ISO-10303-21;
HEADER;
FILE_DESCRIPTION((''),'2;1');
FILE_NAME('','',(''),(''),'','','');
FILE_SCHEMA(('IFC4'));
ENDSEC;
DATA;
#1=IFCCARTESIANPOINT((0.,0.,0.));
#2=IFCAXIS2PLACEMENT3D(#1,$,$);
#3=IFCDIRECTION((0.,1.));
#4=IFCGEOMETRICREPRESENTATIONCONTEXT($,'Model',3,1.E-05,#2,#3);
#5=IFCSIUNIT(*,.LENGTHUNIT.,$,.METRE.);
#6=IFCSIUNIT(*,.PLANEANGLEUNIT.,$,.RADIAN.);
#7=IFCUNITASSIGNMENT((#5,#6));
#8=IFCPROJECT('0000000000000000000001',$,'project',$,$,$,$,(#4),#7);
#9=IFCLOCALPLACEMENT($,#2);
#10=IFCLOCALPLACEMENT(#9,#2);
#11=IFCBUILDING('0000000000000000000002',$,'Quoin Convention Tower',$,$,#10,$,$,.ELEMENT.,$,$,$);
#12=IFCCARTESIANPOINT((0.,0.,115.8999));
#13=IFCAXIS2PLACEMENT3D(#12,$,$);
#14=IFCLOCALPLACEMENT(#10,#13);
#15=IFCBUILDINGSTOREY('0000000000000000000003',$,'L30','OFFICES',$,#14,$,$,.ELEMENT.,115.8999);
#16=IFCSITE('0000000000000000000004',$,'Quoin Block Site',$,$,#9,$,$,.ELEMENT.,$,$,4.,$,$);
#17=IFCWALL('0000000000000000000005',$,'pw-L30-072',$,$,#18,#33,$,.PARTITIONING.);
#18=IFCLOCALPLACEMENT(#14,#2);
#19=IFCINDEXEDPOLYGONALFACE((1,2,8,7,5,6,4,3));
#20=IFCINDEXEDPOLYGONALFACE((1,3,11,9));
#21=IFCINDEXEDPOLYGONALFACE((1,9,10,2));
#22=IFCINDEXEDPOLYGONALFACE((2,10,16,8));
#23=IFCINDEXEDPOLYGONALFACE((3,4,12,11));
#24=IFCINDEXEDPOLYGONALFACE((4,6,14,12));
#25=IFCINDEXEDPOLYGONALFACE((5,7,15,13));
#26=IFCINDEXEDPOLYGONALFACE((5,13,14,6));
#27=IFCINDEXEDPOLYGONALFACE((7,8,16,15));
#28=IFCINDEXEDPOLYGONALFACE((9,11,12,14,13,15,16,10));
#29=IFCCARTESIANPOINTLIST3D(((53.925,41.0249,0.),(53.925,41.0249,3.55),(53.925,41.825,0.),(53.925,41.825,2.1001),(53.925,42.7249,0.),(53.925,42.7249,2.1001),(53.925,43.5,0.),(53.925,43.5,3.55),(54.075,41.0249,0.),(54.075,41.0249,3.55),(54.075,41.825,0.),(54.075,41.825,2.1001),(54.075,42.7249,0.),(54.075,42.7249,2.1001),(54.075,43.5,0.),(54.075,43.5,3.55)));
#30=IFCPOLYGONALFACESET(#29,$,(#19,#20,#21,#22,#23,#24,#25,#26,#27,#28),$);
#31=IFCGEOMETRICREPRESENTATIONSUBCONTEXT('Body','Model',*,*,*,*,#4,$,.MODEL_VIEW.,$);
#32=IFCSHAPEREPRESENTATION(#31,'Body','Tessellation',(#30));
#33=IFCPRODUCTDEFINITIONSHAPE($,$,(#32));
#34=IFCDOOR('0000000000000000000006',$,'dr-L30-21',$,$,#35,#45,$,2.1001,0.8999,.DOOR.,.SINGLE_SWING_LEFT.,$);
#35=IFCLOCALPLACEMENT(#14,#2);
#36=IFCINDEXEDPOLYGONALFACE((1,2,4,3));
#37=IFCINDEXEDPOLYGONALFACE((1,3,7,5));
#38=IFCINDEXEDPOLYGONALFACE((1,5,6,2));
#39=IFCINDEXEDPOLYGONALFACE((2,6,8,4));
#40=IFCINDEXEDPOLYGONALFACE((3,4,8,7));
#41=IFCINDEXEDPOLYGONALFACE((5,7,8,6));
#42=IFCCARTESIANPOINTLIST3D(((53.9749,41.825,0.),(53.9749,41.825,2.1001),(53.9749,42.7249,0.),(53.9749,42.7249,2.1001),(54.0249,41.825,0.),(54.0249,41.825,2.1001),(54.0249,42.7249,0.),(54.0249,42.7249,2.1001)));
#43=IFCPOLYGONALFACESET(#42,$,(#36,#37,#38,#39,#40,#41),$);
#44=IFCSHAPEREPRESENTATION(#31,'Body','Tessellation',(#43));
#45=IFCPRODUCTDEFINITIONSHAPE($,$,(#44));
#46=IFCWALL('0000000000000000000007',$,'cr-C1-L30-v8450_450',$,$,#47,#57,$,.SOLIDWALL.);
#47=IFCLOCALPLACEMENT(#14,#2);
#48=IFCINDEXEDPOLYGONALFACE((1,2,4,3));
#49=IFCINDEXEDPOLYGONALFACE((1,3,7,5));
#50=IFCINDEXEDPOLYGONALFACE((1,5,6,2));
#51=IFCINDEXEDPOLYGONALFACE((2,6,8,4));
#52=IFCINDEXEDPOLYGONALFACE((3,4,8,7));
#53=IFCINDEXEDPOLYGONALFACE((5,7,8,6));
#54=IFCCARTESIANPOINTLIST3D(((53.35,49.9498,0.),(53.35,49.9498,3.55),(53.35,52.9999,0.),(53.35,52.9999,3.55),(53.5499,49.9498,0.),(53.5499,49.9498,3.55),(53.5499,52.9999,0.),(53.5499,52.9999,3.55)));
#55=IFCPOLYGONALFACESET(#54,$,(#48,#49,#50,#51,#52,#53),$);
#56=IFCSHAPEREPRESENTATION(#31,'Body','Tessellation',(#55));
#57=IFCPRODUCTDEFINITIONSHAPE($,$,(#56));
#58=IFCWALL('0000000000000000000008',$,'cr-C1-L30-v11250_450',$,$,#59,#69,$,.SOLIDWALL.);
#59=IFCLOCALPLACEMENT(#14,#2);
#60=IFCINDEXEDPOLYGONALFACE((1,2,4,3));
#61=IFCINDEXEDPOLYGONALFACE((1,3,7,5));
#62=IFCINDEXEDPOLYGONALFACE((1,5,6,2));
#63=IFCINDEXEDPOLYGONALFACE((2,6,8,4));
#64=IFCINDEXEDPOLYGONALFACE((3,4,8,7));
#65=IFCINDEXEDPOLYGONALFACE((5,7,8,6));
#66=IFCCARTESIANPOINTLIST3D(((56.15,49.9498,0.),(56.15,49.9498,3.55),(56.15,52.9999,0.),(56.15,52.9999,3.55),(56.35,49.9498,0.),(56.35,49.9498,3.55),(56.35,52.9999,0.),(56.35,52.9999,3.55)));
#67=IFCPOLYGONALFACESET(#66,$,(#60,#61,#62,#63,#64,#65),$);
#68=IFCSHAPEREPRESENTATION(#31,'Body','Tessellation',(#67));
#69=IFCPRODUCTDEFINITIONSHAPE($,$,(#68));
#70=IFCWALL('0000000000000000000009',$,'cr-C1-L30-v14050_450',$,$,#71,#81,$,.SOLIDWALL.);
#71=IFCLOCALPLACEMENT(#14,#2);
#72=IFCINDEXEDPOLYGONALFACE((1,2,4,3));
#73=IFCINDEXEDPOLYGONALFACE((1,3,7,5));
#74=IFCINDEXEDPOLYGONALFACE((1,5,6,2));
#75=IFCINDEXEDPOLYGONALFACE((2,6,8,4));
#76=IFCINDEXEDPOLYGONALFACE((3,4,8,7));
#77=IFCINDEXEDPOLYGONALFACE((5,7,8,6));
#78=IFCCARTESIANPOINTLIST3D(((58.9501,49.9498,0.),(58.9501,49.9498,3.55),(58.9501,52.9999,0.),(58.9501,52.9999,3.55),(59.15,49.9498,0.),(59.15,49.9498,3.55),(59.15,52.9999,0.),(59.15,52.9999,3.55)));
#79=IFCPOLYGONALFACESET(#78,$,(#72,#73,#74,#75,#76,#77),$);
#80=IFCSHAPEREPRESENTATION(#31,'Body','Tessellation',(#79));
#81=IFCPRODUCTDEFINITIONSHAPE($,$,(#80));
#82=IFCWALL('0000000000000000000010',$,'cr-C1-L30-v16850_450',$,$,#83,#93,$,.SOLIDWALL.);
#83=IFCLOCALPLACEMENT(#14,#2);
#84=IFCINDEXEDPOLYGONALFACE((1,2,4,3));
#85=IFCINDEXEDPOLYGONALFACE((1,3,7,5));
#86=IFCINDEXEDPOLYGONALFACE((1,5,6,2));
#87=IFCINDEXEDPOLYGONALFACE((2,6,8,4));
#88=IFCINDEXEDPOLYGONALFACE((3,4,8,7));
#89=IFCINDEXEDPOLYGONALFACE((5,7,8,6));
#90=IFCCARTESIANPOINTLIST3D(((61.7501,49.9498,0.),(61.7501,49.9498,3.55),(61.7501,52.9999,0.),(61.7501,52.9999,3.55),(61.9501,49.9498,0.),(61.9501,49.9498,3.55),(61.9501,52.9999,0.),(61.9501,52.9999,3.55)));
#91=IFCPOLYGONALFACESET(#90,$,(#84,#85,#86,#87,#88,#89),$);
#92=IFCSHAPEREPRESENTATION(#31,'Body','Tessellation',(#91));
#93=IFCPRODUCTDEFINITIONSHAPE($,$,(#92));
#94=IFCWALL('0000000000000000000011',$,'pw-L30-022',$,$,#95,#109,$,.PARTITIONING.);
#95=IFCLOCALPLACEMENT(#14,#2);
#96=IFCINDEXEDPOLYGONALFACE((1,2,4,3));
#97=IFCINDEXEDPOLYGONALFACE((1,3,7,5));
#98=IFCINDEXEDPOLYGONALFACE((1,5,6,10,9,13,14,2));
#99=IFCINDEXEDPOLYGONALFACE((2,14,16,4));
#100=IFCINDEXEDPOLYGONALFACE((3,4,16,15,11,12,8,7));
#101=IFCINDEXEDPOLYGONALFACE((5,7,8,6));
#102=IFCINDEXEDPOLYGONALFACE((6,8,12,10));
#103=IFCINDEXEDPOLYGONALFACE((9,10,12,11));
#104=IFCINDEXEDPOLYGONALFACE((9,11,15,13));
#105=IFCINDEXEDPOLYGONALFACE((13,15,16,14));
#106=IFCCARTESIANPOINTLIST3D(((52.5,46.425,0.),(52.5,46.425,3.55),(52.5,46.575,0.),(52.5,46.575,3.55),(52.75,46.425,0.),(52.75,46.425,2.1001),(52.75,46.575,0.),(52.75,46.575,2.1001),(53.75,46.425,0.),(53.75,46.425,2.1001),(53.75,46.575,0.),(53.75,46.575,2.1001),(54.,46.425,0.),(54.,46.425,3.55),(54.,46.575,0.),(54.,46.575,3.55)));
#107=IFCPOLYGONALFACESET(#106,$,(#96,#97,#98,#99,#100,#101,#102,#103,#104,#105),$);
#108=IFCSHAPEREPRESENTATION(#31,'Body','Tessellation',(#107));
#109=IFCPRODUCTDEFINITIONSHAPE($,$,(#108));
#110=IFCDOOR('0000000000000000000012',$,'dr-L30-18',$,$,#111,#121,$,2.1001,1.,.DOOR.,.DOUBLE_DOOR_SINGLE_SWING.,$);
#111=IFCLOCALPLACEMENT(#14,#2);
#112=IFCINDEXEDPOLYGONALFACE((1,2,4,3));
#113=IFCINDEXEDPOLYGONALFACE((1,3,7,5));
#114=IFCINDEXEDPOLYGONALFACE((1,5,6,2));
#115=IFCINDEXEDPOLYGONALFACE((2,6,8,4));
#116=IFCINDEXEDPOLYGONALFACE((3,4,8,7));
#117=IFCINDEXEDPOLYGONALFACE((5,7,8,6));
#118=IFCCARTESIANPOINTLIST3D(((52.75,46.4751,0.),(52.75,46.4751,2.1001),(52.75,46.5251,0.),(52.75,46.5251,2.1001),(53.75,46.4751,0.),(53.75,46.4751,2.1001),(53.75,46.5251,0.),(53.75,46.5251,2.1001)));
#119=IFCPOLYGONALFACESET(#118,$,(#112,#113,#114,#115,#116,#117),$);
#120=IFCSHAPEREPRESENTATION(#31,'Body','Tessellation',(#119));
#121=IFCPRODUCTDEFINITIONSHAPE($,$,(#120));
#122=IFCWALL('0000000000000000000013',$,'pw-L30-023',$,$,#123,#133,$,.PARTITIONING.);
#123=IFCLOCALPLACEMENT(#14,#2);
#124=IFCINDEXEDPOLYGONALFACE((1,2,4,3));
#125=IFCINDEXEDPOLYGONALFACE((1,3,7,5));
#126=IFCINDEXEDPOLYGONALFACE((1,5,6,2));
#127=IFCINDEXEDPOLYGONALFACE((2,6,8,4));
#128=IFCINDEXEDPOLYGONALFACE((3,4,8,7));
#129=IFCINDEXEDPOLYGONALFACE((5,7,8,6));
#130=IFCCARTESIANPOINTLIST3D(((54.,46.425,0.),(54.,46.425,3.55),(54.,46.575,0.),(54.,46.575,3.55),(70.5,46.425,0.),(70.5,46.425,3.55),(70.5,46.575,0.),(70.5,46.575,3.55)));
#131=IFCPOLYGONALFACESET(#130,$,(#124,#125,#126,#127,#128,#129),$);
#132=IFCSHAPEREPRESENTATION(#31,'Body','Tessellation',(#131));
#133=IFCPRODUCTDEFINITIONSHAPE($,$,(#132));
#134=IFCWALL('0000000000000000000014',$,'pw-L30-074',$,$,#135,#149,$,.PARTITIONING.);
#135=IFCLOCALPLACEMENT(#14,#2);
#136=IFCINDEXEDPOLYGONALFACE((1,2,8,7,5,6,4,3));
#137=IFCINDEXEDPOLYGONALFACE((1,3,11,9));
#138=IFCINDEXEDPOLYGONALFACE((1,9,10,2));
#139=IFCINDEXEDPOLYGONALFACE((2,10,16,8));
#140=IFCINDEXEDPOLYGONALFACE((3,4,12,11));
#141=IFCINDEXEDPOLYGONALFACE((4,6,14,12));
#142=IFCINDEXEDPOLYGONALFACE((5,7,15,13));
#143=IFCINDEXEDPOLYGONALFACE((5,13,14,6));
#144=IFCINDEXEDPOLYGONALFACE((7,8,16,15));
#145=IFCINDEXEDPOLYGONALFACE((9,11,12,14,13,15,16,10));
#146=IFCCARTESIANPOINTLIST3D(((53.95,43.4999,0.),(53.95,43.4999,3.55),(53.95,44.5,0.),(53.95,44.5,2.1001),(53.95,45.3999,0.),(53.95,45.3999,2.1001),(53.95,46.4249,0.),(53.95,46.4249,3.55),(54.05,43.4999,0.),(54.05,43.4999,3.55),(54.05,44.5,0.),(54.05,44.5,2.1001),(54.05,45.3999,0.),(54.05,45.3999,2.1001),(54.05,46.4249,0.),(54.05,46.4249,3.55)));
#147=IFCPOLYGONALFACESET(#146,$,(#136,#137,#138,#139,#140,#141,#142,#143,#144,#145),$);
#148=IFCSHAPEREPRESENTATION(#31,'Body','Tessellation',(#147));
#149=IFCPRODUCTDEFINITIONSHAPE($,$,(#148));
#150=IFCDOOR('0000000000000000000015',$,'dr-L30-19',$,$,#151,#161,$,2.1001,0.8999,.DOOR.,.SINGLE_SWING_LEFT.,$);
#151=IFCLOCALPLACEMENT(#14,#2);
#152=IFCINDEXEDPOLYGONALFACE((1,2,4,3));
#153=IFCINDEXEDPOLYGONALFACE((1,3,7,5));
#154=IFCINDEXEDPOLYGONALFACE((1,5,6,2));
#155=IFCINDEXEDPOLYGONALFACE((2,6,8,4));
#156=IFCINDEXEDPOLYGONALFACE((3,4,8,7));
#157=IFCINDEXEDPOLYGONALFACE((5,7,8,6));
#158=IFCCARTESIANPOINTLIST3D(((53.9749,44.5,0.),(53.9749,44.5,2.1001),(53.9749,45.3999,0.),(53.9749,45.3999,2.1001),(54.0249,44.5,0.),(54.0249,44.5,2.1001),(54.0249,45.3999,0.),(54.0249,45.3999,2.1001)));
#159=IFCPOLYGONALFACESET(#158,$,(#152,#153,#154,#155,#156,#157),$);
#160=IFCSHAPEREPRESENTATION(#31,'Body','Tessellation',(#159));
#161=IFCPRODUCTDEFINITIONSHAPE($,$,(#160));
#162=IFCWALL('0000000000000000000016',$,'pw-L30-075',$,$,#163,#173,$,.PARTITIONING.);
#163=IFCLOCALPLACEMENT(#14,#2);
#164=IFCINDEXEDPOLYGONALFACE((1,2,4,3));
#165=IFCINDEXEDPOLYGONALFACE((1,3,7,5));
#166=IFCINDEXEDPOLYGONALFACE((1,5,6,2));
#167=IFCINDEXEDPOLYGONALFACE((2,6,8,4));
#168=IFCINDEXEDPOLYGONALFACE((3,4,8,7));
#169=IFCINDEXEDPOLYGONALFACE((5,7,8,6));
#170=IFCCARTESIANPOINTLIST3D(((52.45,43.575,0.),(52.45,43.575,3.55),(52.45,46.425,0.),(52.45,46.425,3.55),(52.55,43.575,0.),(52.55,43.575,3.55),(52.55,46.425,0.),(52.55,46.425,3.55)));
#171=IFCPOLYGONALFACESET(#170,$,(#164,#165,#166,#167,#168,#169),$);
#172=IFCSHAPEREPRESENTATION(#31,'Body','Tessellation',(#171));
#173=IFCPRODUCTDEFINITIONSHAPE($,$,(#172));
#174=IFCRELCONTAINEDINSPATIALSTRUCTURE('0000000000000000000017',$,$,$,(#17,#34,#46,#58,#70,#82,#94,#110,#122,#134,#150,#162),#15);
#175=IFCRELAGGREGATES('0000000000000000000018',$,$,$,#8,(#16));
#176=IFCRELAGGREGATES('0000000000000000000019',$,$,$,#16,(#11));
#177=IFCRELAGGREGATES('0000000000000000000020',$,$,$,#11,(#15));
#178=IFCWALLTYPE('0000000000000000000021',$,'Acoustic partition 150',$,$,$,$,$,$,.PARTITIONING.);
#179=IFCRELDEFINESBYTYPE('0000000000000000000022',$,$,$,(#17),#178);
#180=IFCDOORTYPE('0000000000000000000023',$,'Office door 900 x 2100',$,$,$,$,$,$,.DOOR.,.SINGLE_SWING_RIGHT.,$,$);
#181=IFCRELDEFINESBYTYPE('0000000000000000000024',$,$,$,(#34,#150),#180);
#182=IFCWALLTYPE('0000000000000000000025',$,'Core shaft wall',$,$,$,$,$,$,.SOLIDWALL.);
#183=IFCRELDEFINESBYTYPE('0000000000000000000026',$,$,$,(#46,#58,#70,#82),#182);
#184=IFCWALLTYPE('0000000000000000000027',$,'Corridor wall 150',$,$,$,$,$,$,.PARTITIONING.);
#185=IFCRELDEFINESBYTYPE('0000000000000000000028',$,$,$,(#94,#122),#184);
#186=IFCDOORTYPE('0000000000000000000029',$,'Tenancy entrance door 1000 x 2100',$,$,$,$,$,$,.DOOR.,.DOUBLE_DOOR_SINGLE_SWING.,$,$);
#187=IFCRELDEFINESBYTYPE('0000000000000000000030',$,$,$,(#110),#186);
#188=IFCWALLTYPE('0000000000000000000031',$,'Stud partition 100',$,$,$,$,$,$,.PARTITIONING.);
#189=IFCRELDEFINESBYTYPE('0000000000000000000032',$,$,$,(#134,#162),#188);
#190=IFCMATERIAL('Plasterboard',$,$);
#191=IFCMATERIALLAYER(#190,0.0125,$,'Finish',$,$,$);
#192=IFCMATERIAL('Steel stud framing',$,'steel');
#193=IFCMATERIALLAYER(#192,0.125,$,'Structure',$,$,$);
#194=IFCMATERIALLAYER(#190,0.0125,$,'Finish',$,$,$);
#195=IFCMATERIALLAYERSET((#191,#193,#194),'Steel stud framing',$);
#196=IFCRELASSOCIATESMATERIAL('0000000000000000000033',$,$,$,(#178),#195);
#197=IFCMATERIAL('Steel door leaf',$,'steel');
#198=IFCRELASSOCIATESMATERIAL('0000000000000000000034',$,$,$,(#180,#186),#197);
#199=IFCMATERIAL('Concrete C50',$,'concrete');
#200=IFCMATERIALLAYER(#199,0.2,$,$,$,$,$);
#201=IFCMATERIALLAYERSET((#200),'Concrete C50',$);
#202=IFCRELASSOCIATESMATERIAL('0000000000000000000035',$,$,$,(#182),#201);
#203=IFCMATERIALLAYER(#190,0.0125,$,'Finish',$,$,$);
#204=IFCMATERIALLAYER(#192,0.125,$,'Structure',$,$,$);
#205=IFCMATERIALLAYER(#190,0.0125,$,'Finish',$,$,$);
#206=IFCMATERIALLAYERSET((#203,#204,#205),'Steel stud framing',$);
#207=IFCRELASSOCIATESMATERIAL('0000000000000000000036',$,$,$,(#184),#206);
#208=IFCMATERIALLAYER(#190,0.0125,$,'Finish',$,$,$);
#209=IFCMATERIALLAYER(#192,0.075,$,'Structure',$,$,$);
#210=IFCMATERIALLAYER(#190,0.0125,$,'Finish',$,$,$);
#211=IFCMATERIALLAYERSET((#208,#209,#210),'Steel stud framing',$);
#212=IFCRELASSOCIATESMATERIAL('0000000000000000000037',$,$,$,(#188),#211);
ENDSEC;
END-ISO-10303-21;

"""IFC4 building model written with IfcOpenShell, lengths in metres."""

from ifc_helpers import new_model, si_unit, direction, frame, frame_2d, origin, place, context, subcontext, project, spatial, rectangle, extrude, material, layer, layer_set, type_object, element, fill, save


model = new_model("IFC4")

# Units and contexts
model_context = context("Model", 3, precision=1e-05, world=origin(), true_north=direction((0.0, 1.0)))
body_context = subcontext(model_context, "Body", "Model", "MODEL_VIEW")
ifc_project = project(units=[si_unit("LENGTHUNIT", "METRE"), si_unit("PLANEANGLEUNIT", "RADIAN")], contexts=[model_context])

# Site, building, storey
site_placement = place(None, origin())
site = spatial("IfcSite", under=ifc_project, at=site_placement, Name="Quoin Block Site", CompositionType="ELEMENT", RefElevation=4.0)
building_placement = place(site_placement, origin())
building = spatial("IfcBuilding", under=site, at=building_placement, Name="Quoin Convention Tower", CompositionType="ELEMENT")
storey_placement = place(building_placement, frame((0.0, 0.0, 115.8999)))
storey = spatial("IfcBuildingStorey", under=building, at=storey_placement, Name="L30", Description="OFFICES", CompositionType="ELEMENT", Elevation=115.8999)

# Wall, opening, door
ifc_material_1 = material(Name="Plasterboard")
ifc_layer_1 = layer(ifc_material_1, 0.0125, Name="Finish")
ifc_material_2 = material(Name="Steel stud framing", Category="steel")
ifc_layer_2 = layer(ifc_material_2, 0.125, Name="Structure")
ifc_layer_3 = layer(ifc_material_1, 0.0125, Name="Finish")
ifc_layer_set_1 = layer_set([ifc_layer_1, ifc_layer_2, ifc_layer_3], Name="Steel stud framing")
wall_type_1 = type_object("IfcWallType", Name="Acoustic partition 150", PredefinedType="PARTITIONING", material=ifc_layer_set_1)
wall_1_placement = place(storey_placement, frame((54.0, 41.0249, 0.0), z_axis=(0.0, 0.0, 1.0), x_axis=(0.0, 1.0, 0.0)))
wall_1 = element("IfcWall", 1, at=wall_1_placement, inside=storey, type_object=wall_type_1, Name="pw-L30-072", PredefinedType="PARTITIONING", context=body_context, shape_type="SweptSolid", body=[
    extrude(rectangle(XDim=2.4751, YDim=0.1499, at=frame_2d((1.2375, 0.0))), origin(), (0.0, 0.0, 1.0), 3.55),
])
opening_1_placement = place(wall_1_placement, frame((0.8, 0.0, 0.0)))
opening_1 = element("IfcOpeningElement", 2, at=opening_1_placement, cuts=wall_1, PredefinedType="OPENING", context=body_context, shape_type="SweptSolid", body=[
    extrude(rectangle(XDim=0.8999, YDim=2.1001, at=frame_2d((0.45, 1.05))), frame((0.0, 0.085, 0.0), z_axis=(0.0, -1.0, 0.0), x_axis=(1.0, 0.0, 0.0)), (0.0, 0.0, 1.0), 0.1699),
])
ifc_material_3 = material(Name="Steel door leaf", Category="steel")
door_type_1 = type_object("IfcDoorType", Name="Office door 900 x 2100", OperationType="SINGLE_SWING_RIGHT", PredefinedType="DOOR", material=ifc_material_3)
door_1_placement = place(opening_1_placement, frame((0.8999, 0.0, 0.0), z_axis=(0.0, 0.0, 1.0), x_axis=(-1.0, 0.0, 0.0)))
door_1 = element("IfcDoor", 3, at=door_1_placement, inside=storey, type_object=door_type_1, Name="dr-L30-21", OperationType="SINGLE_SWING_LEFT", OverallHeight=2.1001, OverallWidth=0.8999, PredefinedType="DOOR", context=body_context, shape_type="SweptSolid", body=[
    extrude(rectangle(XDim=0.8999, YDim=2.1001, at=frame_2d((0.45, 1.05))), frame((0.0, 0.0249, 0.0), z_axis=(0.0, -1.0, 0.0), x_axis=(1.0, 0.0, 0.0)), (0.0, 0.0, 1.0), 0.05),
])
fill(opening_1, door_1)

# Walls
ifc_material_4 = material(Name="Concrete C50", Category="concrete")
ifc_layer_4 = layer(ifc_material_4, 0.2)
ifc_layer_set_2 = layer_set([ifc_layer_4], Name="Concrete C50")
wall_type_2 = type_object("IfcWallType", Name="Core shaft wall", PredefinedType="SOLIDWALL", material=ifc_layer_set_2)
for number, where, z_axis, x_axis, name in (
    (4, (53.45, 49.95, 0.0), (0.0, 0.0, 1.0), (0.0, 1.0, 0.0), "cr-C1-L30-v8450_450"),
    (5, (56.25, 49.95, 0.0), (0.0, 0.0, 1.0), (0.0, 1.0, 0.0), "cr-C1-L30-v11250_450"),
    (6, (59.05, 49.95, 0.0), (0.0, 0.0, 1.0), (0.0, 1.0, 0.0), "cr-C1-L30-v14050_450"),
    (7, (61.8501, 49.95, 0.0), (0.0, 0.0, 1.0), (0.0, 1.0, 0.0), "cr-C1-L30-v16850_450"),
):
    element("IfcWall", number, at=place(storey_placement, frame(where, z_axis=z_axis, x_axis=x_axis)), inside=storey, type_object=wall_type_2, Name=name, PredefinedType="SOLIDWALL", context=body_context, shape_type="SweptSolid", body=[
        extrude(rectangle(XDim=3.05, YDim=0.2, at=frame_2d((1.5249, 0.0))), origin(), (0.0, 0.0, 1.0), 3.55),
    ])

# Wall, opening, door
ifc_layer_5 = layer(ifc_material_1, 0.0125, Name="Finish")
ifc_layer_6 = layer(ifc_material_2, 0.125, Name="Structure")
ifc_layer_7 = layer(ifc_material_1, 0.0125, Name="Finish")
ifc_layer_set_3 = layer_set([ifc_layer_5, ifc_layer_6, ifc_layer_7], Name="Steel stud framing")
wall_type_3 = type_object("IfcWallType", Name="Corridor wall 150", PredefinedType="PARTITIONING", material=ifc_layer_set_3)
wall_2_placement = place(storey_placement, frame((52.5, 46.5, 0.0), z_axis=(0.0, 0.0, 1.0), x_axis=(1.0, 0.0, 0.0)))
wall_2 = element("IfcWall", 8, at=wall_2_placement, inside=storey, type_object=wall_type_3, Name="pw-L30-022", PredefinedType="PARTITIONING", context=body_context, shape_type="SweptSolid", body=[
    extrude(rectangle(XDim=1.5, YDim=0.1499, at=frame_2d((0.75, 0.0))), origin(), (0.0, 0.0, 1.0), 3.55),
])
opening_2_placement = place(wall_2_placement, frame((0.25, 0.0, 0.0)))
opening_2 = element("IfcOpeningElement", 9, at=opening_2_placement, cuts=wall_2, PredefinedType="OPENING", context=body_context, shape_type="SweptSolid", body=[
    extrude(rectangle(XDim=1.0, YDim=2.1001, at=frame_2d((0.5, 1.05))), frame((0.0, 0.085, 0.0), z_axis=(0.0, -1.0, 0.0), x_axis=(1.0, 0.0, 0.0)), (0.0, 0.0, 1.0), 0.1699),
])
door_type_2 = type_object("IfcDoorType", Name="Tenancy entrance door 1000 x 2100", OperationType="DOUBLE_DOOR_SINGLE_SWING", PredefinedType="DOOR", material=ifc_material_3)
door_2_placement = place(opening_2_placement, frame((1.0, 0.0, 0.0), z_axis=(0.0, 0.0, 1.0), x_axis=(-1.0, 0.0, 0.0)))
door_2 = element("IfcDoor", 10, at=door_2_placement, inside=storey, type_object=door_type_2, Name="dr-L30-18", OperationType="DOUBLE_DOOR_SINGLE_SWING", OverallHeight=2.1001, OverallWidth=1.0, PredefinedType="DOOR", context=body_context, shape_type="SweptSolid", body=[
    extrude(rectangle(XDim=1.0, YDim=2.1001, at=frame_2d((0.5, 1.05))), frame((0.0, 0.0249, 0.0), z_axis=(0.0, -1.0, 0.0), x_axis=(1.0, 0.0, 0.0)), (0.0, 0.0, 1.0), 0.05),
])
fill(opening_2, door_2)

# Wall
wall_3_placement = place(storey_placement, frame((54.0, 46.5, 0.0), z_axis=(0.0, 0.0, 1.0), x_axis=(1.0, 0.0, 0.0)))
element("IfcWall", 11, at=wall_3_placement, inside=storey, type_object=wall_type_3, Name="pw-L30-023", PredefinedType="PARTITIONING", context=body_context, shape_type="SweptSolid", body=[
    extrude(rectangle(XDim=16.5, YDim=0.1499, at=frame_2d((8.25, 0.0))), origin(), (0.0, 0.0, 1.0), 3.55),
])

# Wall, opening, door
ifc_layer_8 = layer(ifc_material_1, 0.0125, Name="Finish")
ifc_layer_9 = layer(ifc_material_2, 0.075, Name="Structure")
ifc_layer_10 = layer(ifc_material_1, 0.0125, Name="Finish")
ifc_layer_set_4 = layer_set([ifc_layer_8, ifc_layer_9, ifc_layer_10], Name="Steel stud framing")
wall_type_4 = type_object("IfcWallType", Name="Stud partition 100", PredefinedType="PARTITIONING", material=ifc_layer_set_4)
wall_4_placement = place(storey_placement, frame((54.0, 43.5, 0.0), z_axis=(0.0, 0.0, 1.0), x_axis=(0.0, 1.0, 0.0)))
wall_4 = element("IfcWall", 12, at=wall_4_placement, inside=storey, type_object=wall_type_4, Name="pw-L30-074", PredefinedType="PARTITIONING", context=body_context, shape_type="SweptSolid", body=[
    extrude(rectangle(XDim=2.925, YDim=0.1001, at=frame_2d((1.4624, 0.0))), origin(), (0.0, 0.0, 1.0), 3.55),
])
opening_3_placement = place(wall_4_placement, frame((1.0, 0.0, 0.0)))
opening_3 = element("IfcOpeningElement", 13, at=opening_3_placement, cuts=wall_4, PredefinedType="OPENING", context=body_context, shape_type="SweptSolid", body=[
    extrude(rectangle(XDim=0.8999, YDim=2.1001, at=frame_2d((0.45, 1.05))), frame((0.0, 0.0601, 0.0), z_axis=(0.0, -1.0, 0.0), x_axis=(1.0, 0.0, 0.0)), (0.0, 0.0, 1.0), 0.1201),
])
door_3_placement = place(opening_3_placement, frame((0.8999, 0.0, 0.0), z_axis=(0.0, 0.0, 1.0), x_axis=(-1.0, 0.0, 0.0)))
door_3 = element("IfcDoor", 14, at=door_3_placement, inside=storey, type_object=door_type_1, Name="dr-L30-19", OperationType="SINGLE_SWING_LEFT", OverallHeight=2.1001, OverallWidth=0.8999, PredefinedType="DOOR", context=body_context, shape_type="SweptSolid", body=[
    extrude(rectangle(XDim=0.8999, YDim=2.1001, at=frame_2d((0.45, 1.05))), frame((0.0, 0.0249, 0.0), z_axis=(0.0, -1.0, 0.0), x_axis=(1.0, 0.0, 0.0)), (0.0, 0.0, 1.0), 0.05),
])
fill(opening_3, door_3)

# Wall
wall_5_placement = place(storey_placement, frame((52.5, 43.575, 0.0), z_axis=(0.0, 0.0, 1.0), x_axis=(0.0, 1.0, 0.0)))
element("IfcWall", 15, at=wall_5_placement, inside=storey, type_object=wall_type_4, Name="pw-L30-075", PredefinedType="PARTITIONING", context=body_context, shape_type="SweptSolid", body=[
    extrude(rectangle(XDim=2.8501, YDim=0.1001, at=frame_2d((1.425, 0.0))), origin(), (0.0, 0.0, 1.0), 3.55),
])

save(model, "model.ifc")
